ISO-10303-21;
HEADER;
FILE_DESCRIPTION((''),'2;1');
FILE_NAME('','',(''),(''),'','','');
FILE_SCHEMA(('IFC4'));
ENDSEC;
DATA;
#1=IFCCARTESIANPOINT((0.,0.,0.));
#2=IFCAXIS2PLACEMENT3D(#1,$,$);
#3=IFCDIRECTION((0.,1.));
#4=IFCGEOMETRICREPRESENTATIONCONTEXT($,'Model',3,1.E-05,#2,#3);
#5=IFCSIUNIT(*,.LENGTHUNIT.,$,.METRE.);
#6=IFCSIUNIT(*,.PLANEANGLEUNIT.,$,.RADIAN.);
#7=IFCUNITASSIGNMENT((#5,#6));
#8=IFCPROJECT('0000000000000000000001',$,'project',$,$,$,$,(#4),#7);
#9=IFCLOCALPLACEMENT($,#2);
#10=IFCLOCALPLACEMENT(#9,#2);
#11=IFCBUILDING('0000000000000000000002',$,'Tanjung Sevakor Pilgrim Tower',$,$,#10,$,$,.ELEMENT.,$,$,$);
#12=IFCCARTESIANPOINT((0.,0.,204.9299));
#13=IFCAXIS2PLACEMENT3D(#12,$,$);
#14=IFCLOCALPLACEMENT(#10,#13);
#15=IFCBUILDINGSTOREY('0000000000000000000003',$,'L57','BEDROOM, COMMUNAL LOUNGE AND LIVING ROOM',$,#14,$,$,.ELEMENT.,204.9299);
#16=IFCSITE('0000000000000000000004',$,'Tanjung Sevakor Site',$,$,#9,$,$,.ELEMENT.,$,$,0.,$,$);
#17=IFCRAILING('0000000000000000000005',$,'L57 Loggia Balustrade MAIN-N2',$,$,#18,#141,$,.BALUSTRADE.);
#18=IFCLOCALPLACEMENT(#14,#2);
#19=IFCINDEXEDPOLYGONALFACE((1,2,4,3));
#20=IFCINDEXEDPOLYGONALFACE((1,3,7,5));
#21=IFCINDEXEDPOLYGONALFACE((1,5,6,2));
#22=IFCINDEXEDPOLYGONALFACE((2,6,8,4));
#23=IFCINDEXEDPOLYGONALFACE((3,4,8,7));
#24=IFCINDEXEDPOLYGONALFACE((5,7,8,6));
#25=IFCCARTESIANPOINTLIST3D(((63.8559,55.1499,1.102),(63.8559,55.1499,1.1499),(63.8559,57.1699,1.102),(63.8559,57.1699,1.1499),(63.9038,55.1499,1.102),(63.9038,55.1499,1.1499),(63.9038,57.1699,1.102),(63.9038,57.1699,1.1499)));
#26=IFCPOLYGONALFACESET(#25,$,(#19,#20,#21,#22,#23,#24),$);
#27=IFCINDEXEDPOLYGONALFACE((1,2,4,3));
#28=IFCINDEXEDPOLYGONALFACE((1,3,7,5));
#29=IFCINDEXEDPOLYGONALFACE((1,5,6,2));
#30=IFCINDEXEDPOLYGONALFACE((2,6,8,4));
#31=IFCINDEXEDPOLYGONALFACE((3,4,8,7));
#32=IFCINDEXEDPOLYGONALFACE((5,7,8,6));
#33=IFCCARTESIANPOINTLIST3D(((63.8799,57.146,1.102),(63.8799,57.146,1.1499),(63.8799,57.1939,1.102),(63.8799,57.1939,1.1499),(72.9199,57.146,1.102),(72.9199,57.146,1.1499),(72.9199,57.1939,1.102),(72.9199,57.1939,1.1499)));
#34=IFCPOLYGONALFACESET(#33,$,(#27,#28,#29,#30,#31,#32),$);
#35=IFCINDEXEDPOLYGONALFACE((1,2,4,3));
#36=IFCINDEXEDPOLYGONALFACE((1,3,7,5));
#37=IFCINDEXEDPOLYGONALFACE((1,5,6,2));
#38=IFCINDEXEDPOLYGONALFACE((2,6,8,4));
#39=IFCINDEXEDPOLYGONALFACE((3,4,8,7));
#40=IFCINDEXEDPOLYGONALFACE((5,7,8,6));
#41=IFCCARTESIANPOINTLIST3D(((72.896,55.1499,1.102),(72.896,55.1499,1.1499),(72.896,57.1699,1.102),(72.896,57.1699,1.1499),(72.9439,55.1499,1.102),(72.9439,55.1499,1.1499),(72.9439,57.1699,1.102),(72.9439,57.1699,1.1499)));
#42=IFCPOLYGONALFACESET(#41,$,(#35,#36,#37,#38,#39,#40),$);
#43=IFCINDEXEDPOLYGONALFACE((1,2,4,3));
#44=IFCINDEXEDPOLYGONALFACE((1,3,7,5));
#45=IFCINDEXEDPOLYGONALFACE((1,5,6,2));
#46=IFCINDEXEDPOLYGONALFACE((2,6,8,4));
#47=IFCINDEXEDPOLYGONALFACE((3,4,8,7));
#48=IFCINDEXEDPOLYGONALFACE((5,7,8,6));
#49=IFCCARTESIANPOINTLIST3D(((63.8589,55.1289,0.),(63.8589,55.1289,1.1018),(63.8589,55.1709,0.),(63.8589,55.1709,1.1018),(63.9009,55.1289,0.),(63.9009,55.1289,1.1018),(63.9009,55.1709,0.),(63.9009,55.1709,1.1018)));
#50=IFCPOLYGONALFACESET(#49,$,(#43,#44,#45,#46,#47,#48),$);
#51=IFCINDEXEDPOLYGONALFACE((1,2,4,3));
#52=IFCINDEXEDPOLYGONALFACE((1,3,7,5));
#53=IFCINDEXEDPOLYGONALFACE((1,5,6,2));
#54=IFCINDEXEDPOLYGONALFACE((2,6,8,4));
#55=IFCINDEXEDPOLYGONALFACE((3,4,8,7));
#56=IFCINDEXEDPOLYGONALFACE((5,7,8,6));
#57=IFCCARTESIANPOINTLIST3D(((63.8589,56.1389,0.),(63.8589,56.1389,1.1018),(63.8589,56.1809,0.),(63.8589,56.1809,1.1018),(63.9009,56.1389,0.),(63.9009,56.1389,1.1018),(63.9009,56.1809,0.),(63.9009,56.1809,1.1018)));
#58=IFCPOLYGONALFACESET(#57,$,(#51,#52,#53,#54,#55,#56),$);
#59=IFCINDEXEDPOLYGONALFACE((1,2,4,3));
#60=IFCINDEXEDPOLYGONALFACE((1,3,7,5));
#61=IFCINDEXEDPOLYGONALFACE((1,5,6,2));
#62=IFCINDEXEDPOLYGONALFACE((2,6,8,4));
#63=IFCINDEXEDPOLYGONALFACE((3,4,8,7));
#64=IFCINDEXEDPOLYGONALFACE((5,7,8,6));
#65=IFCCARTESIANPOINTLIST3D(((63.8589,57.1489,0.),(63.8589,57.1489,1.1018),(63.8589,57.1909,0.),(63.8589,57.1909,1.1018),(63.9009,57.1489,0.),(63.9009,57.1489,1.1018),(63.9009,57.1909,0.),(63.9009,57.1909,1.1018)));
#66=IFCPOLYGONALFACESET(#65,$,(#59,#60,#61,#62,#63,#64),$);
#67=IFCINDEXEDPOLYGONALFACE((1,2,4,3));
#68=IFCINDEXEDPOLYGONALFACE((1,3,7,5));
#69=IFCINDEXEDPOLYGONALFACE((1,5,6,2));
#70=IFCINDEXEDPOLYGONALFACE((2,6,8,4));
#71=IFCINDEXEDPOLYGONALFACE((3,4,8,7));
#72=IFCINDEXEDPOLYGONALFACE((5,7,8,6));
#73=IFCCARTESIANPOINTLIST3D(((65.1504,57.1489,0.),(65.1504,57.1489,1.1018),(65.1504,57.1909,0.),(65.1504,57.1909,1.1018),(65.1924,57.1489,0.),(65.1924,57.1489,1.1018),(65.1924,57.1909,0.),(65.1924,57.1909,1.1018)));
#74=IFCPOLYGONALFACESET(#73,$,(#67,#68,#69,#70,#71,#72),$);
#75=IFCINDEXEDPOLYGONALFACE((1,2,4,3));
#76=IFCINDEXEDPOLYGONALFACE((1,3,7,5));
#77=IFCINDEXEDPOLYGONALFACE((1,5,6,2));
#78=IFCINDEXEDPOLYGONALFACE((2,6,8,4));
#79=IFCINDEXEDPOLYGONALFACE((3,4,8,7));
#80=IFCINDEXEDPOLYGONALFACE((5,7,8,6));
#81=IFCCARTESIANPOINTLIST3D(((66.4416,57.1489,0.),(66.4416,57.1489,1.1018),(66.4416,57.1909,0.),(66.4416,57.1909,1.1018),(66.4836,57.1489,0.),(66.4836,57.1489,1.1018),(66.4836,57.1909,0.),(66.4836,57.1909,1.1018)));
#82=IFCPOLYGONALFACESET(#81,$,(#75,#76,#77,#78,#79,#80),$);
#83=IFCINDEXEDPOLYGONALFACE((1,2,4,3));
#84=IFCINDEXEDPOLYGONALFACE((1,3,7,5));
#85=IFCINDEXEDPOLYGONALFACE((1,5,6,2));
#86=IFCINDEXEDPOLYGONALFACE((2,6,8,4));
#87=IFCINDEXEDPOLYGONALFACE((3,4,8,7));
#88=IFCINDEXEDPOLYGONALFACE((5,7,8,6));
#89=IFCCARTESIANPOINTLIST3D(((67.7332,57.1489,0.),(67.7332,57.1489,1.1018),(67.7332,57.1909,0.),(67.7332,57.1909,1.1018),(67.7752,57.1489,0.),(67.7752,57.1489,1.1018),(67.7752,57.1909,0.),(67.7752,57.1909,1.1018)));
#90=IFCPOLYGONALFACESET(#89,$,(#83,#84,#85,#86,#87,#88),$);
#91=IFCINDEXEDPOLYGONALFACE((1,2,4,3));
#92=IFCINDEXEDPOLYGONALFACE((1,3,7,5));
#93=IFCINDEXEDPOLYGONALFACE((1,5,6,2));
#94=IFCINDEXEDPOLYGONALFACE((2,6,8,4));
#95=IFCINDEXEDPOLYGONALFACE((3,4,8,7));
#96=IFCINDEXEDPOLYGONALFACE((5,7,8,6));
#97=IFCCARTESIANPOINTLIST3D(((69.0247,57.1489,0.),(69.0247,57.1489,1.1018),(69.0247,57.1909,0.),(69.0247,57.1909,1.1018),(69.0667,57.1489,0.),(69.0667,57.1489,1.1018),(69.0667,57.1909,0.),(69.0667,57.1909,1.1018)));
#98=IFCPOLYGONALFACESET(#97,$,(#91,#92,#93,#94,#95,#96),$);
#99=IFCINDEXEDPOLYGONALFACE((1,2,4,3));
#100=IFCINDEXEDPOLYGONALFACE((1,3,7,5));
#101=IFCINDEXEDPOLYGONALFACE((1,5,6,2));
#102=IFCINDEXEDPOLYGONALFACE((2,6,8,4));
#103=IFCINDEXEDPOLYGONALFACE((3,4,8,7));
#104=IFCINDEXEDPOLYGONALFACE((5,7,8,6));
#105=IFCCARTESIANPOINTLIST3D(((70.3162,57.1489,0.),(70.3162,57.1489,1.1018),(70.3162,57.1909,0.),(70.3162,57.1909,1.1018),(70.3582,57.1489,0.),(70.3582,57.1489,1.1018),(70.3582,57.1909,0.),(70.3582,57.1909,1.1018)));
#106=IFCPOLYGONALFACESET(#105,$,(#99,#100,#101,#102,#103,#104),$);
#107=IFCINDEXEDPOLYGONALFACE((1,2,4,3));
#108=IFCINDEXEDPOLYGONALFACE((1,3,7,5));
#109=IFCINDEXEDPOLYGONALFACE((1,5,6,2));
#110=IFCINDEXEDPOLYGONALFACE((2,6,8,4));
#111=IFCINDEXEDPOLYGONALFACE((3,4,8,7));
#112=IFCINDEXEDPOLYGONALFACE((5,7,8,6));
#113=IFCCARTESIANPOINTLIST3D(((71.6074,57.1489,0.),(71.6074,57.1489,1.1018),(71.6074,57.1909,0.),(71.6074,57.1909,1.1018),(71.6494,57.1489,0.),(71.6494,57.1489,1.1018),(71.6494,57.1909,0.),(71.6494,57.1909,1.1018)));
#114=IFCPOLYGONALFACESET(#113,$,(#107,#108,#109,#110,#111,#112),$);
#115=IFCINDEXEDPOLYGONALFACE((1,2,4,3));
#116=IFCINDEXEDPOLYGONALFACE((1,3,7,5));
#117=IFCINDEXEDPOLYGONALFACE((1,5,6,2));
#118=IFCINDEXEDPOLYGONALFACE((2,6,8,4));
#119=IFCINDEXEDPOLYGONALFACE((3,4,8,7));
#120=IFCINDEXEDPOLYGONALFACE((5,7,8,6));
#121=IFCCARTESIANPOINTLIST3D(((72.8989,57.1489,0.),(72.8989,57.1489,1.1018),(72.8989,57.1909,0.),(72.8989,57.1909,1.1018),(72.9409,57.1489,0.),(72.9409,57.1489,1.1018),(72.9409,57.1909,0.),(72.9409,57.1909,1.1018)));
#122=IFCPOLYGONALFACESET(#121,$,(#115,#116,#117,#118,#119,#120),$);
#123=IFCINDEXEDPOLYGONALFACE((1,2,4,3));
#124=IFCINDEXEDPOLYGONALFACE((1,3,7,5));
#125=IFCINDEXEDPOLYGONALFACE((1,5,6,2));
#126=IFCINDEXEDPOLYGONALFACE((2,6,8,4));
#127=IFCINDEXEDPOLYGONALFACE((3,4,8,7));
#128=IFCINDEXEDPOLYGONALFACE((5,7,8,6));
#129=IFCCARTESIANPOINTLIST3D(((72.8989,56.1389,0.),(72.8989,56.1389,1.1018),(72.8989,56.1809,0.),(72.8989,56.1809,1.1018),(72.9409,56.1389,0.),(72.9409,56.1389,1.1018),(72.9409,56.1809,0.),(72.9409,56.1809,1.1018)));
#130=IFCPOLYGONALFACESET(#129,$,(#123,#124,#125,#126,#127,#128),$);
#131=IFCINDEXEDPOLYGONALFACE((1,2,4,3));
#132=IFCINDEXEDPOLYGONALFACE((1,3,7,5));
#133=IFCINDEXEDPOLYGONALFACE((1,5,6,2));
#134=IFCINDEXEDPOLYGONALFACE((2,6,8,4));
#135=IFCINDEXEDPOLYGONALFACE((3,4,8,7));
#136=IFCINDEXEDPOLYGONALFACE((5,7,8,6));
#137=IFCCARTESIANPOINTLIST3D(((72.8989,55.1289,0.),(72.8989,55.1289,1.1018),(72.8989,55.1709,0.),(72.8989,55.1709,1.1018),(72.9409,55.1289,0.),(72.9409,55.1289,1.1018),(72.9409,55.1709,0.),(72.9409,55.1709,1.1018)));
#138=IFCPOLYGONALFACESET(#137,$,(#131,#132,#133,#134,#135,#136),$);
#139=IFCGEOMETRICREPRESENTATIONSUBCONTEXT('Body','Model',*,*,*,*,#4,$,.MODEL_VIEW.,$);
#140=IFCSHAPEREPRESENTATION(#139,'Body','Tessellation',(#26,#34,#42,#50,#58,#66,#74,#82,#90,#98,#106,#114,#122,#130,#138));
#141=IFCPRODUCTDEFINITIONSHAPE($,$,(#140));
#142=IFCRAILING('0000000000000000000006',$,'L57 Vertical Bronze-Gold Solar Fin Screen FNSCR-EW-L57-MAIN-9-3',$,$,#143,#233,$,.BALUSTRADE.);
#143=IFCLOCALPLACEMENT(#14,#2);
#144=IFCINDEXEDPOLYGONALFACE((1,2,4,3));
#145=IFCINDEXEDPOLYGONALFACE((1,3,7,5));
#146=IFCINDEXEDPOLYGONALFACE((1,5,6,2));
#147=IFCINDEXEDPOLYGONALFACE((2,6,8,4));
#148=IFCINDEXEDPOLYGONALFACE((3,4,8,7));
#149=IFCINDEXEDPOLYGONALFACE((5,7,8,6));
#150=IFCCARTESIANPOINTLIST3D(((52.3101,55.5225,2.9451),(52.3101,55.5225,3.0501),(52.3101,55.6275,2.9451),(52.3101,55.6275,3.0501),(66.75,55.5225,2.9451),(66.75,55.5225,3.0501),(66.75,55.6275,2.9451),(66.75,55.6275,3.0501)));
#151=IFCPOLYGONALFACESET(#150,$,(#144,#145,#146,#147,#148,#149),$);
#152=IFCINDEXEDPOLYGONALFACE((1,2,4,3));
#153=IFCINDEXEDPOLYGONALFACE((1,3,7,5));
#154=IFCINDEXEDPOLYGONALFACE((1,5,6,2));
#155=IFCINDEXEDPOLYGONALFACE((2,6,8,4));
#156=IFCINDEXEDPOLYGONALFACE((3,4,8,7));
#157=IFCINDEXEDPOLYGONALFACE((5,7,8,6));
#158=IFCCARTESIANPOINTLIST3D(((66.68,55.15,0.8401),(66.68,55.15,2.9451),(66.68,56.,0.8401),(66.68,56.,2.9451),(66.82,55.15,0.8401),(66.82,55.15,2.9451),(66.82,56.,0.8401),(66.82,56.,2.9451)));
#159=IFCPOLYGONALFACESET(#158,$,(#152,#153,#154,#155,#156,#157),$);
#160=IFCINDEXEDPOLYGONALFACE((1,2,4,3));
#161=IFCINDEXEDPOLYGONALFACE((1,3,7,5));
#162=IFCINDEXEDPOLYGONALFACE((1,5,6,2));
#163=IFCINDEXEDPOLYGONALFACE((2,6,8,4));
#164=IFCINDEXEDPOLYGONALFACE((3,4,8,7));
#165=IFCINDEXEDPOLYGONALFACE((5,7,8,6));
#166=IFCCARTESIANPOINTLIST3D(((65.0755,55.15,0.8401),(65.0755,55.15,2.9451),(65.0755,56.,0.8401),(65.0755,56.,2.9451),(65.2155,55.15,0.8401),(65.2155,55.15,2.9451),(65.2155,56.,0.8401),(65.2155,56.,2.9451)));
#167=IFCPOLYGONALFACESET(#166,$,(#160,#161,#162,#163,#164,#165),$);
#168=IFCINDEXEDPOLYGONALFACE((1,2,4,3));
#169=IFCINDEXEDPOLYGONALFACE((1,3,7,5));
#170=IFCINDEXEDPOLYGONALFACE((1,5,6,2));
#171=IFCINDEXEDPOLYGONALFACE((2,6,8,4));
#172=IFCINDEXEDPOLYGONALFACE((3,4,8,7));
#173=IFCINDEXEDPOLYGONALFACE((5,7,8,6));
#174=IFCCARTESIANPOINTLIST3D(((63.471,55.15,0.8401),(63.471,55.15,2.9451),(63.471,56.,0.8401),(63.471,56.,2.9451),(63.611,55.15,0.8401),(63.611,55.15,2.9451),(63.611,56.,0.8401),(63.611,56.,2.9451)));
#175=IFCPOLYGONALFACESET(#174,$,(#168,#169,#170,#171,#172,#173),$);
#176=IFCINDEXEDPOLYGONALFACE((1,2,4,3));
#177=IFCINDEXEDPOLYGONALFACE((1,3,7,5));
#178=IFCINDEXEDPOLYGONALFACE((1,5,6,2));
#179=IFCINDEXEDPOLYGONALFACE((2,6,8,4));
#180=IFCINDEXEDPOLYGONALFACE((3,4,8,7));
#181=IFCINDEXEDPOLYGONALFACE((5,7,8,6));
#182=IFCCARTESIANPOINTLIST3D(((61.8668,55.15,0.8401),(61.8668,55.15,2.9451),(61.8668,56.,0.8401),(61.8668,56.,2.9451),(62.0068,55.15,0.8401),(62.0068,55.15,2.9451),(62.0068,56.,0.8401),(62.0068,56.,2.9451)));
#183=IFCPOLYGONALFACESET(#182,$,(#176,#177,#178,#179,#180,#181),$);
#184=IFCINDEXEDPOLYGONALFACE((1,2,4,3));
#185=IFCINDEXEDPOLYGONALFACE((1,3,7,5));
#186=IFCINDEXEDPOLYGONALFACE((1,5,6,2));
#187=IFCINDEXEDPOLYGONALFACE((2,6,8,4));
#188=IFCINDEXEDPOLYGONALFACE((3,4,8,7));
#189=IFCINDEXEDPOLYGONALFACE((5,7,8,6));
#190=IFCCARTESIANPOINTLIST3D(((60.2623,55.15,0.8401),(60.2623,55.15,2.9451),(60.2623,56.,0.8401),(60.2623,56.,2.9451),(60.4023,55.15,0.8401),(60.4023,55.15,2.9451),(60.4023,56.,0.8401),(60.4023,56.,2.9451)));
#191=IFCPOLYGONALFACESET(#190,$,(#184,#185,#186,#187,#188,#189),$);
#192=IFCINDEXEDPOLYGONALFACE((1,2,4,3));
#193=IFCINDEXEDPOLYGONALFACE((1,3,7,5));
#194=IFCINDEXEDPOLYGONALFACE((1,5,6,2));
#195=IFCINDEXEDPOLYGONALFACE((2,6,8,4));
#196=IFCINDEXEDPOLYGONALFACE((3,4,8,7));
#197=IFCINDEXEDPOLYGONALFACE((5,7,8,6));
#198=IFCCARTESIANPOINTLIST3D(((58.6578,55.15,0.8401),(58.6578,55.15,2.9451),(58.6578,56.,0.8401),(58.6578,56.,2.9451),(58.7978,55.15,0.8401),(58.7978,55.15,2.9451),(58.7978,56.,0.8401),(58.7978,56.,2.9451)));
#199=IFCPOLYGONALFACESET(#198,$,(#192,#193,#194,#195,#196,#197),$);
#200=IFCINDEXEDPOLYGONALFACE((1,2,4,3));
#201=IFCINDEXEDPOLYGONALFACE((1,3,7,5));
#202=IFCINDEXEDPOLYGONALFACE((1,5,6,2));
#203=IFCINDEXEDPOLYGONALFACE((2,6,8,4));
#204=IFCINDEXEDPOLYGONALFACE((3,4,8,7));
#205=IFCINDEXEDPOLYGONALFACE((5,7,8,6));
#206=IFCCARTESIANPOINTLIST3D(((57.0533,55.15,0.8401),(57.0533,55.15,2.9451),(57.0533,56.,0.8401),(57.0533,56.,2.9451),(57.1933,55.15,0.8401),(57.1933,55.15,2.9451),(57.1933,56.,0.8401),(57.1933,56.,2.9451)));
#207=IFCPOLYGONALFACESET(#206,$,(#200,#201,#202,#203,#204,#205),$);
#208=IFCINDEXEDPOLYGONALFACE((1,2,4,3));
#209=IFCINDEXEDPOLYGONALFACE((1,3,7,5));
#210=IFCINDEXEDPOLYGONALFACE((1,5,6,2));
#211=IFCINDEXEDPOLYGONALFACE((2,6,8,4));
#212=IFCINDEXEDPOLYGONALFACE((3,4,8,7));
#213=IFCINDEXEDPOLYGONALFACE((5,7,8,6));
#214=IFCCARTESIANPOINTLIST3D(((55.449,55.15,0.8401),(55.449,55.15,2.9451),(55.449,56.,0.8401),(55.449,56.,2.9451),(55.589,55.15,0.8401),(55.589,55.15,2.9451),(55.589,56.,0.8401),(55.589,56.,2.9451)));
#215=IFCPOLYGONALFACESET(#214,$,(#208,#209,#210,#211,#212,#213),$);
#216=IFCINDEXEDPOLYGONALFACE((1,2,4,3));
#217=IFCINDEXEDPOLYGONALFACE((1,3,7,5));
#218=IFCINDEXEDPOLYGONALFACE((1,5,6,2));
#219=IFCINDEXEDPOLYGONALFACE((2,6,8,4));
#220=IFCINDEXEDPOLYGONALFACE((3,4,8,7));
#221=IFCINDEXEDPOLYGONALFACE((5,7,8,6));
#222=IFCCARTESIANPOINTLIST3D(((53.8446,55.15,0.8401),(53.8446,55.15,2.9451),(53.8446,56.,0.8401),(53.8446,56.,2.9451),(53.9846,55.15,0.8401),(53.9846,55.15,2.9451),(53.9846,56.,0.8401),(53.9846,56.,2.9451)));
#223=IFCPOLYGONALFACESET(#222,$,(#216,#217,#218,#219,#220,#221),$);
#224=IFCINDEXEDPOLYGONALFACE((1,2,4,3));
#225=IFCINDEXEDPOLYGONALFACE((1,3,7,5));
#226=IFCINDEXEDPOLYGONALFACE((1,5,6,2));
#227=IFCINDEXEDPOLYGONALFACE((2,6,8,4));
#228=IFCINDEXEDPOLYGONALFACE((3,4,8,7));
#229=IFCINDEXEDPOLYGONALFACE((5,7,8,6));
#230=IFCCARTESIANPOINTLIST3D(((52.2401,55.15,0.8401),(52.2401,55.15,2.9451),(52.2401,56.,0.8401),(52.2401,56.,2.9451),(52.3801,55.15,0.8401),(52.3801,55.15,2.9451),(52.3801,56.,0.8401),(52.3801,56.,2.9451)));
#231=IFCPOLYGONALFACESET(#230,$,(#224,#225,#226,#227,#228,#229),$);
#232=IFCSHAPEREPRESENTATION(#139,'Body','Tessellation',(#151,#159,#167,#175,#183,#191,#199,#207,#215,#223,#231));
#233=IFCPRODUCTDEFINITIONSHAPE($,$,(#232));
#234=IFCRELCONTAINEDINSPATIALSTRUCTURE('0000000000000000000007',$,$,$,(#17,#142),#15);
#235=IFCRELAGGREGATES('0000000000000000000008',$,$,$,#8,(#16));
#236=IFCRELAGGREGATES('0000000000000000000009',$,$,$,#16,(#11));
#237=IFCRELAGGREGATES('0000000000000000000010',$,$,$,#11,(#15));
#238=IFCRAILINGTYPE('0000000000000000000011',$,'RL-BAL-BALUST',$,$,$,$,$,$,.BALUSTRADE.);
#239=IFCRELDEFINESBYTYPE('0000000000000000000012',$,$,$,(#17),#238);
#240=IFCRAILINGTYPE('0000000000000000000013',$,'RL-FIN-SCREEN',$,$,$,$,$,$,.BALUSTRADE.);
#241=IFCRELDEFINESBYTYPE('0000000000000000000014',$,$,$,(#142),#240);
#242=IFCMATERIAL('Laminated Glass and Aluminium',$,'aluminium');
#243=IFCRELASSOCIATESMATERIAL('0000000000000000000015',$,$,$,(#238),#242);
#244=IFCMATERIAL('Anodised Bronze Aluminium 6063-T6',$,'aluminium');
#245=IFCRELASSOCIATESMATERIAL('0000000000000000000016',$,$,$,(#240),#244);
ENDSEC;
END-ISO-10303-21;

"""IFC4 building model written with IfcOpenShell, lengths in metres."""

from ifc_helpers import new_model, si_unit, direction, frame, origin, place, context, subcontext, project, spatial, rectangle, extrude, material, type_object, element, save


model = new_model("IFC4")

# Units and contexts
model_context = context("Model", 3, precision=1e-05, world=origin(), true_north=direction((0.0, 1.0)))
body_context = subcontext(model_context, "Body", "Model", "MODEL_VIEW")
ifc_project = project(units=[si_unit("LENGTHUNIT", "METRE"), si_unit("PLANEANGLEUNIT", "RADIAN")], contexts=[model_context])

# Site, building, storey
site_placement = place(None, origin())
site = spatial("IfcSite", under=ifc_project, at=site_placement, Name="Tanjung Sevakor Site", CompositionType="ELEMENT", RefElevation=0.0)
building_placement = place(site_placement, origin())
building = spatial("IfcBuilding", under=site, at=building_placement, Name="Tanjung Sevakor Pilgrim Tower", CompositionType="ELEMENT")
storey_placement = place(building_placement, frame((0.0, 0.0, 204.9299)))
storey = spatial("IfcBuildingStorey", under=building, at=storey_placement, Name="L57", Description="BEDROOM, COMMUNAL LOUNGE AND LIVING ROOM", CompositionType="ELEMENT", Elevation=204.9299)

# Railings
ifc_material_1 = material(Name="Laminated Glass and Aluminium", Category="aluminium")
railing_type_1 = type_object("IfcRailingType", Name="RL-BAL-BALUST", PredefinedType="BALUSTRADE", material=ifc_material_1)
railing_1_placement = place(storey_placement, frame((63.8799, 55.1499, 0.0)))
element("IfcRailing", 1, at=railing_1_placement, inside=storey, type_object=railing_type_1, Name="L57 Loggia Balustrade MAIN-N2", PredefinedType="BALUSTRADE", context=body_context, shape_type="SweptSolid", body=[
    extrude(rectangle(XDim=0.0479, YDim=0.0479), frame((0.0, 0.0, 1.126), z_axis=(0.0, 1.0, 0.0), x_axis=(-1.0, 0.0, 0.0)), (0.0, 0.0, 1.0), 2.02),
    extrude(rectangle(XDim=0.0479, YDim=0.0479), frame((0.0, 2.02, 1.126), z_axis=(1.0, 0.0, 0.0), x_axis=(0.0, 1.0, 0.0)), (0.0, 0.0, 1.0), 9.04),
    extrude(rectangle(XDim=0.0479, YDim=0.0479), frame((9.04, 2.02, 1.126), z_axis=(0.0, -1.0, 0.0), x_axis=(1.0, 0.0, 0.0)), (0.0, 0.0, 1.0), 2.02),
    extrude(rectangle(XDim=0.042, YDim=0.042), origin(), (0.0, 0.0, 1.0), 1.1018),
    extrude(rectangle(XDim=0.042, YDim=0.042), frame((0.0, 1.01, 0.0)), (0.0, 0.0, 1.0), 1.1018),
    extrude(rectangle(XDim=0.042, YDim=0.042), frame((0.0, 2.02, 0.0)), (0.0, 0.0, 1.0), 1.1018),
    extrude(rectangle(XDim=0.042, YDim=0.042), frame((1.2915, 2.02, 0.0)), (0.0, 0.0, 1.0), 1.1018),
    extrude(rectangle(XDim=0.042, YDim=0.042), frame((2.5828, 2.02, 0.0)), (0.0, 0.0, 1.0), 1.1018),
    extrude(rectangle(XDim=0.042, YDim=0.042), frame((3.8743, 2.02, 0.0)), (0.0, 0.0, 1.0), 1.1018),
    extrude(rectangle(XDim=0.042, YDim=0.042), frame((5.1658, 2.02, 0.0)), (0.0, 0.0, 1.0), 1.1018),
    extrude(rectangle(XDim=0.042, YDim=0.042), frame((6.4573, 2.02, 0.0)), (0.0, 0.0, 1.0), 1.1018),
    extrude(rectangle(XDim=0.042, YDim=0.042), frame((7.7485, 2.02, 0.0)), (0.0, 0.0, 1.0), 1.1018),
    extrude(rectangle(XDim=0.042, YDim=0.042), frame((9.04, 2.02, 0.0)), (0.0, 0.0, 1.0), 1.1018),
    extrude(rectangle(XDim=0.042, YDim=0.042), frame((9.04, 1.01, 0.0)), (0.0, 0.0, 1.0), 1.1018),
    extrude(rectangle(XDim=0.042, YDim=0.042), frame((9.04, 0.0, 0.0)), (0.0, 0.0, 1.0), 1.1018),
])
ifc_material_2 = material(Name="Anodised Bronze Aluminium 6063-T6", Category="aluminium")
railing_type_2 = type_object("IfcRailingType", Name="RL-FIN-SCREEN", PredefinedType="BALUSTRADE", material=ifc_material_2)
railing_2_placement = place(storey_placement, frame((66.75, 55.575, 0.8401)))
element("IfcRailing", 2, at=railing_2_placement, inside=storey, type_object=railing_type_2, Name="L57 Vertical Bronze-Gold Solar Fin Screen FNSCR-EW-L57-MAIN-9-3", PredefinedType="BALUSTRADE", context=body_context, shape_type="SweptSolid", body=[
    extrude(rectangle(XDim=0.105, YDim=0.105), frame((0.0, 0.0, 2.1575), z_axis=(-1.0, 0.0, 0.0), x_axis=(0.0, -1.0, 0.0)), (0.0, 0.0, 1.0), 14.4399),
    extrude(rectangle(XDim=0.14, YDim=0.85), origin(), (0.0, 0.0, 1.0), 2.105),
    extrude(rectangle(XDim=0.14, YDim=0.85), frame((-1.6045, 0.0, 0.0)), (0.0, 0.0, 1.0), 2.105),
    extrude(rectangle(XDim=0.14, YDim=0.85), frame((-3.209, 0.0, 0.0)), (0.0, 0.0, 1.0), 2.105),
    extrude(rectangle(XDim=0.14, YDim=0.85), frame((-4.8132, 0.0, 0.0)), (0.0, 0.0, 1.0), 2.105),
    extrude(rectangle(XDim=0.14, YDim=0.85), frame((-6.4177, 0.0, 0.0)), (0.0, 0.0, 1.0), 2.105),
    extrude(rectangle(XDim=0.14, YDim=0.85), frame((-8.0222, 0.0, 0.0)), (0.0, 0.0, 1.0), 2.105),
    extrude(rectangle(XDim=0.14, YDim=0.85), frame((-9.6267, 0.0, 0.0)), (0.0, 0.0, 1.0), 2.105),
    extrude(rectangle(XDim=0.14, YDim=0.85), frame((-11.231, 0.0, 0.0)), (0.0, 0.0, 1.0), 2.105),
    extrude(rectangle(XDim=0.14, YDim=0.85), frame((-12.8354, 0.0, 0.0)), (0.0, 0.0, 1.0), 2.105),
    extrude(rectangle(XDim=0.14, YDim=0.85), frame((-14.4399, 0.0, 0.0)), (0.0, 0.0, 1.0), 2.105),
])

save(model, "model.ifc")
